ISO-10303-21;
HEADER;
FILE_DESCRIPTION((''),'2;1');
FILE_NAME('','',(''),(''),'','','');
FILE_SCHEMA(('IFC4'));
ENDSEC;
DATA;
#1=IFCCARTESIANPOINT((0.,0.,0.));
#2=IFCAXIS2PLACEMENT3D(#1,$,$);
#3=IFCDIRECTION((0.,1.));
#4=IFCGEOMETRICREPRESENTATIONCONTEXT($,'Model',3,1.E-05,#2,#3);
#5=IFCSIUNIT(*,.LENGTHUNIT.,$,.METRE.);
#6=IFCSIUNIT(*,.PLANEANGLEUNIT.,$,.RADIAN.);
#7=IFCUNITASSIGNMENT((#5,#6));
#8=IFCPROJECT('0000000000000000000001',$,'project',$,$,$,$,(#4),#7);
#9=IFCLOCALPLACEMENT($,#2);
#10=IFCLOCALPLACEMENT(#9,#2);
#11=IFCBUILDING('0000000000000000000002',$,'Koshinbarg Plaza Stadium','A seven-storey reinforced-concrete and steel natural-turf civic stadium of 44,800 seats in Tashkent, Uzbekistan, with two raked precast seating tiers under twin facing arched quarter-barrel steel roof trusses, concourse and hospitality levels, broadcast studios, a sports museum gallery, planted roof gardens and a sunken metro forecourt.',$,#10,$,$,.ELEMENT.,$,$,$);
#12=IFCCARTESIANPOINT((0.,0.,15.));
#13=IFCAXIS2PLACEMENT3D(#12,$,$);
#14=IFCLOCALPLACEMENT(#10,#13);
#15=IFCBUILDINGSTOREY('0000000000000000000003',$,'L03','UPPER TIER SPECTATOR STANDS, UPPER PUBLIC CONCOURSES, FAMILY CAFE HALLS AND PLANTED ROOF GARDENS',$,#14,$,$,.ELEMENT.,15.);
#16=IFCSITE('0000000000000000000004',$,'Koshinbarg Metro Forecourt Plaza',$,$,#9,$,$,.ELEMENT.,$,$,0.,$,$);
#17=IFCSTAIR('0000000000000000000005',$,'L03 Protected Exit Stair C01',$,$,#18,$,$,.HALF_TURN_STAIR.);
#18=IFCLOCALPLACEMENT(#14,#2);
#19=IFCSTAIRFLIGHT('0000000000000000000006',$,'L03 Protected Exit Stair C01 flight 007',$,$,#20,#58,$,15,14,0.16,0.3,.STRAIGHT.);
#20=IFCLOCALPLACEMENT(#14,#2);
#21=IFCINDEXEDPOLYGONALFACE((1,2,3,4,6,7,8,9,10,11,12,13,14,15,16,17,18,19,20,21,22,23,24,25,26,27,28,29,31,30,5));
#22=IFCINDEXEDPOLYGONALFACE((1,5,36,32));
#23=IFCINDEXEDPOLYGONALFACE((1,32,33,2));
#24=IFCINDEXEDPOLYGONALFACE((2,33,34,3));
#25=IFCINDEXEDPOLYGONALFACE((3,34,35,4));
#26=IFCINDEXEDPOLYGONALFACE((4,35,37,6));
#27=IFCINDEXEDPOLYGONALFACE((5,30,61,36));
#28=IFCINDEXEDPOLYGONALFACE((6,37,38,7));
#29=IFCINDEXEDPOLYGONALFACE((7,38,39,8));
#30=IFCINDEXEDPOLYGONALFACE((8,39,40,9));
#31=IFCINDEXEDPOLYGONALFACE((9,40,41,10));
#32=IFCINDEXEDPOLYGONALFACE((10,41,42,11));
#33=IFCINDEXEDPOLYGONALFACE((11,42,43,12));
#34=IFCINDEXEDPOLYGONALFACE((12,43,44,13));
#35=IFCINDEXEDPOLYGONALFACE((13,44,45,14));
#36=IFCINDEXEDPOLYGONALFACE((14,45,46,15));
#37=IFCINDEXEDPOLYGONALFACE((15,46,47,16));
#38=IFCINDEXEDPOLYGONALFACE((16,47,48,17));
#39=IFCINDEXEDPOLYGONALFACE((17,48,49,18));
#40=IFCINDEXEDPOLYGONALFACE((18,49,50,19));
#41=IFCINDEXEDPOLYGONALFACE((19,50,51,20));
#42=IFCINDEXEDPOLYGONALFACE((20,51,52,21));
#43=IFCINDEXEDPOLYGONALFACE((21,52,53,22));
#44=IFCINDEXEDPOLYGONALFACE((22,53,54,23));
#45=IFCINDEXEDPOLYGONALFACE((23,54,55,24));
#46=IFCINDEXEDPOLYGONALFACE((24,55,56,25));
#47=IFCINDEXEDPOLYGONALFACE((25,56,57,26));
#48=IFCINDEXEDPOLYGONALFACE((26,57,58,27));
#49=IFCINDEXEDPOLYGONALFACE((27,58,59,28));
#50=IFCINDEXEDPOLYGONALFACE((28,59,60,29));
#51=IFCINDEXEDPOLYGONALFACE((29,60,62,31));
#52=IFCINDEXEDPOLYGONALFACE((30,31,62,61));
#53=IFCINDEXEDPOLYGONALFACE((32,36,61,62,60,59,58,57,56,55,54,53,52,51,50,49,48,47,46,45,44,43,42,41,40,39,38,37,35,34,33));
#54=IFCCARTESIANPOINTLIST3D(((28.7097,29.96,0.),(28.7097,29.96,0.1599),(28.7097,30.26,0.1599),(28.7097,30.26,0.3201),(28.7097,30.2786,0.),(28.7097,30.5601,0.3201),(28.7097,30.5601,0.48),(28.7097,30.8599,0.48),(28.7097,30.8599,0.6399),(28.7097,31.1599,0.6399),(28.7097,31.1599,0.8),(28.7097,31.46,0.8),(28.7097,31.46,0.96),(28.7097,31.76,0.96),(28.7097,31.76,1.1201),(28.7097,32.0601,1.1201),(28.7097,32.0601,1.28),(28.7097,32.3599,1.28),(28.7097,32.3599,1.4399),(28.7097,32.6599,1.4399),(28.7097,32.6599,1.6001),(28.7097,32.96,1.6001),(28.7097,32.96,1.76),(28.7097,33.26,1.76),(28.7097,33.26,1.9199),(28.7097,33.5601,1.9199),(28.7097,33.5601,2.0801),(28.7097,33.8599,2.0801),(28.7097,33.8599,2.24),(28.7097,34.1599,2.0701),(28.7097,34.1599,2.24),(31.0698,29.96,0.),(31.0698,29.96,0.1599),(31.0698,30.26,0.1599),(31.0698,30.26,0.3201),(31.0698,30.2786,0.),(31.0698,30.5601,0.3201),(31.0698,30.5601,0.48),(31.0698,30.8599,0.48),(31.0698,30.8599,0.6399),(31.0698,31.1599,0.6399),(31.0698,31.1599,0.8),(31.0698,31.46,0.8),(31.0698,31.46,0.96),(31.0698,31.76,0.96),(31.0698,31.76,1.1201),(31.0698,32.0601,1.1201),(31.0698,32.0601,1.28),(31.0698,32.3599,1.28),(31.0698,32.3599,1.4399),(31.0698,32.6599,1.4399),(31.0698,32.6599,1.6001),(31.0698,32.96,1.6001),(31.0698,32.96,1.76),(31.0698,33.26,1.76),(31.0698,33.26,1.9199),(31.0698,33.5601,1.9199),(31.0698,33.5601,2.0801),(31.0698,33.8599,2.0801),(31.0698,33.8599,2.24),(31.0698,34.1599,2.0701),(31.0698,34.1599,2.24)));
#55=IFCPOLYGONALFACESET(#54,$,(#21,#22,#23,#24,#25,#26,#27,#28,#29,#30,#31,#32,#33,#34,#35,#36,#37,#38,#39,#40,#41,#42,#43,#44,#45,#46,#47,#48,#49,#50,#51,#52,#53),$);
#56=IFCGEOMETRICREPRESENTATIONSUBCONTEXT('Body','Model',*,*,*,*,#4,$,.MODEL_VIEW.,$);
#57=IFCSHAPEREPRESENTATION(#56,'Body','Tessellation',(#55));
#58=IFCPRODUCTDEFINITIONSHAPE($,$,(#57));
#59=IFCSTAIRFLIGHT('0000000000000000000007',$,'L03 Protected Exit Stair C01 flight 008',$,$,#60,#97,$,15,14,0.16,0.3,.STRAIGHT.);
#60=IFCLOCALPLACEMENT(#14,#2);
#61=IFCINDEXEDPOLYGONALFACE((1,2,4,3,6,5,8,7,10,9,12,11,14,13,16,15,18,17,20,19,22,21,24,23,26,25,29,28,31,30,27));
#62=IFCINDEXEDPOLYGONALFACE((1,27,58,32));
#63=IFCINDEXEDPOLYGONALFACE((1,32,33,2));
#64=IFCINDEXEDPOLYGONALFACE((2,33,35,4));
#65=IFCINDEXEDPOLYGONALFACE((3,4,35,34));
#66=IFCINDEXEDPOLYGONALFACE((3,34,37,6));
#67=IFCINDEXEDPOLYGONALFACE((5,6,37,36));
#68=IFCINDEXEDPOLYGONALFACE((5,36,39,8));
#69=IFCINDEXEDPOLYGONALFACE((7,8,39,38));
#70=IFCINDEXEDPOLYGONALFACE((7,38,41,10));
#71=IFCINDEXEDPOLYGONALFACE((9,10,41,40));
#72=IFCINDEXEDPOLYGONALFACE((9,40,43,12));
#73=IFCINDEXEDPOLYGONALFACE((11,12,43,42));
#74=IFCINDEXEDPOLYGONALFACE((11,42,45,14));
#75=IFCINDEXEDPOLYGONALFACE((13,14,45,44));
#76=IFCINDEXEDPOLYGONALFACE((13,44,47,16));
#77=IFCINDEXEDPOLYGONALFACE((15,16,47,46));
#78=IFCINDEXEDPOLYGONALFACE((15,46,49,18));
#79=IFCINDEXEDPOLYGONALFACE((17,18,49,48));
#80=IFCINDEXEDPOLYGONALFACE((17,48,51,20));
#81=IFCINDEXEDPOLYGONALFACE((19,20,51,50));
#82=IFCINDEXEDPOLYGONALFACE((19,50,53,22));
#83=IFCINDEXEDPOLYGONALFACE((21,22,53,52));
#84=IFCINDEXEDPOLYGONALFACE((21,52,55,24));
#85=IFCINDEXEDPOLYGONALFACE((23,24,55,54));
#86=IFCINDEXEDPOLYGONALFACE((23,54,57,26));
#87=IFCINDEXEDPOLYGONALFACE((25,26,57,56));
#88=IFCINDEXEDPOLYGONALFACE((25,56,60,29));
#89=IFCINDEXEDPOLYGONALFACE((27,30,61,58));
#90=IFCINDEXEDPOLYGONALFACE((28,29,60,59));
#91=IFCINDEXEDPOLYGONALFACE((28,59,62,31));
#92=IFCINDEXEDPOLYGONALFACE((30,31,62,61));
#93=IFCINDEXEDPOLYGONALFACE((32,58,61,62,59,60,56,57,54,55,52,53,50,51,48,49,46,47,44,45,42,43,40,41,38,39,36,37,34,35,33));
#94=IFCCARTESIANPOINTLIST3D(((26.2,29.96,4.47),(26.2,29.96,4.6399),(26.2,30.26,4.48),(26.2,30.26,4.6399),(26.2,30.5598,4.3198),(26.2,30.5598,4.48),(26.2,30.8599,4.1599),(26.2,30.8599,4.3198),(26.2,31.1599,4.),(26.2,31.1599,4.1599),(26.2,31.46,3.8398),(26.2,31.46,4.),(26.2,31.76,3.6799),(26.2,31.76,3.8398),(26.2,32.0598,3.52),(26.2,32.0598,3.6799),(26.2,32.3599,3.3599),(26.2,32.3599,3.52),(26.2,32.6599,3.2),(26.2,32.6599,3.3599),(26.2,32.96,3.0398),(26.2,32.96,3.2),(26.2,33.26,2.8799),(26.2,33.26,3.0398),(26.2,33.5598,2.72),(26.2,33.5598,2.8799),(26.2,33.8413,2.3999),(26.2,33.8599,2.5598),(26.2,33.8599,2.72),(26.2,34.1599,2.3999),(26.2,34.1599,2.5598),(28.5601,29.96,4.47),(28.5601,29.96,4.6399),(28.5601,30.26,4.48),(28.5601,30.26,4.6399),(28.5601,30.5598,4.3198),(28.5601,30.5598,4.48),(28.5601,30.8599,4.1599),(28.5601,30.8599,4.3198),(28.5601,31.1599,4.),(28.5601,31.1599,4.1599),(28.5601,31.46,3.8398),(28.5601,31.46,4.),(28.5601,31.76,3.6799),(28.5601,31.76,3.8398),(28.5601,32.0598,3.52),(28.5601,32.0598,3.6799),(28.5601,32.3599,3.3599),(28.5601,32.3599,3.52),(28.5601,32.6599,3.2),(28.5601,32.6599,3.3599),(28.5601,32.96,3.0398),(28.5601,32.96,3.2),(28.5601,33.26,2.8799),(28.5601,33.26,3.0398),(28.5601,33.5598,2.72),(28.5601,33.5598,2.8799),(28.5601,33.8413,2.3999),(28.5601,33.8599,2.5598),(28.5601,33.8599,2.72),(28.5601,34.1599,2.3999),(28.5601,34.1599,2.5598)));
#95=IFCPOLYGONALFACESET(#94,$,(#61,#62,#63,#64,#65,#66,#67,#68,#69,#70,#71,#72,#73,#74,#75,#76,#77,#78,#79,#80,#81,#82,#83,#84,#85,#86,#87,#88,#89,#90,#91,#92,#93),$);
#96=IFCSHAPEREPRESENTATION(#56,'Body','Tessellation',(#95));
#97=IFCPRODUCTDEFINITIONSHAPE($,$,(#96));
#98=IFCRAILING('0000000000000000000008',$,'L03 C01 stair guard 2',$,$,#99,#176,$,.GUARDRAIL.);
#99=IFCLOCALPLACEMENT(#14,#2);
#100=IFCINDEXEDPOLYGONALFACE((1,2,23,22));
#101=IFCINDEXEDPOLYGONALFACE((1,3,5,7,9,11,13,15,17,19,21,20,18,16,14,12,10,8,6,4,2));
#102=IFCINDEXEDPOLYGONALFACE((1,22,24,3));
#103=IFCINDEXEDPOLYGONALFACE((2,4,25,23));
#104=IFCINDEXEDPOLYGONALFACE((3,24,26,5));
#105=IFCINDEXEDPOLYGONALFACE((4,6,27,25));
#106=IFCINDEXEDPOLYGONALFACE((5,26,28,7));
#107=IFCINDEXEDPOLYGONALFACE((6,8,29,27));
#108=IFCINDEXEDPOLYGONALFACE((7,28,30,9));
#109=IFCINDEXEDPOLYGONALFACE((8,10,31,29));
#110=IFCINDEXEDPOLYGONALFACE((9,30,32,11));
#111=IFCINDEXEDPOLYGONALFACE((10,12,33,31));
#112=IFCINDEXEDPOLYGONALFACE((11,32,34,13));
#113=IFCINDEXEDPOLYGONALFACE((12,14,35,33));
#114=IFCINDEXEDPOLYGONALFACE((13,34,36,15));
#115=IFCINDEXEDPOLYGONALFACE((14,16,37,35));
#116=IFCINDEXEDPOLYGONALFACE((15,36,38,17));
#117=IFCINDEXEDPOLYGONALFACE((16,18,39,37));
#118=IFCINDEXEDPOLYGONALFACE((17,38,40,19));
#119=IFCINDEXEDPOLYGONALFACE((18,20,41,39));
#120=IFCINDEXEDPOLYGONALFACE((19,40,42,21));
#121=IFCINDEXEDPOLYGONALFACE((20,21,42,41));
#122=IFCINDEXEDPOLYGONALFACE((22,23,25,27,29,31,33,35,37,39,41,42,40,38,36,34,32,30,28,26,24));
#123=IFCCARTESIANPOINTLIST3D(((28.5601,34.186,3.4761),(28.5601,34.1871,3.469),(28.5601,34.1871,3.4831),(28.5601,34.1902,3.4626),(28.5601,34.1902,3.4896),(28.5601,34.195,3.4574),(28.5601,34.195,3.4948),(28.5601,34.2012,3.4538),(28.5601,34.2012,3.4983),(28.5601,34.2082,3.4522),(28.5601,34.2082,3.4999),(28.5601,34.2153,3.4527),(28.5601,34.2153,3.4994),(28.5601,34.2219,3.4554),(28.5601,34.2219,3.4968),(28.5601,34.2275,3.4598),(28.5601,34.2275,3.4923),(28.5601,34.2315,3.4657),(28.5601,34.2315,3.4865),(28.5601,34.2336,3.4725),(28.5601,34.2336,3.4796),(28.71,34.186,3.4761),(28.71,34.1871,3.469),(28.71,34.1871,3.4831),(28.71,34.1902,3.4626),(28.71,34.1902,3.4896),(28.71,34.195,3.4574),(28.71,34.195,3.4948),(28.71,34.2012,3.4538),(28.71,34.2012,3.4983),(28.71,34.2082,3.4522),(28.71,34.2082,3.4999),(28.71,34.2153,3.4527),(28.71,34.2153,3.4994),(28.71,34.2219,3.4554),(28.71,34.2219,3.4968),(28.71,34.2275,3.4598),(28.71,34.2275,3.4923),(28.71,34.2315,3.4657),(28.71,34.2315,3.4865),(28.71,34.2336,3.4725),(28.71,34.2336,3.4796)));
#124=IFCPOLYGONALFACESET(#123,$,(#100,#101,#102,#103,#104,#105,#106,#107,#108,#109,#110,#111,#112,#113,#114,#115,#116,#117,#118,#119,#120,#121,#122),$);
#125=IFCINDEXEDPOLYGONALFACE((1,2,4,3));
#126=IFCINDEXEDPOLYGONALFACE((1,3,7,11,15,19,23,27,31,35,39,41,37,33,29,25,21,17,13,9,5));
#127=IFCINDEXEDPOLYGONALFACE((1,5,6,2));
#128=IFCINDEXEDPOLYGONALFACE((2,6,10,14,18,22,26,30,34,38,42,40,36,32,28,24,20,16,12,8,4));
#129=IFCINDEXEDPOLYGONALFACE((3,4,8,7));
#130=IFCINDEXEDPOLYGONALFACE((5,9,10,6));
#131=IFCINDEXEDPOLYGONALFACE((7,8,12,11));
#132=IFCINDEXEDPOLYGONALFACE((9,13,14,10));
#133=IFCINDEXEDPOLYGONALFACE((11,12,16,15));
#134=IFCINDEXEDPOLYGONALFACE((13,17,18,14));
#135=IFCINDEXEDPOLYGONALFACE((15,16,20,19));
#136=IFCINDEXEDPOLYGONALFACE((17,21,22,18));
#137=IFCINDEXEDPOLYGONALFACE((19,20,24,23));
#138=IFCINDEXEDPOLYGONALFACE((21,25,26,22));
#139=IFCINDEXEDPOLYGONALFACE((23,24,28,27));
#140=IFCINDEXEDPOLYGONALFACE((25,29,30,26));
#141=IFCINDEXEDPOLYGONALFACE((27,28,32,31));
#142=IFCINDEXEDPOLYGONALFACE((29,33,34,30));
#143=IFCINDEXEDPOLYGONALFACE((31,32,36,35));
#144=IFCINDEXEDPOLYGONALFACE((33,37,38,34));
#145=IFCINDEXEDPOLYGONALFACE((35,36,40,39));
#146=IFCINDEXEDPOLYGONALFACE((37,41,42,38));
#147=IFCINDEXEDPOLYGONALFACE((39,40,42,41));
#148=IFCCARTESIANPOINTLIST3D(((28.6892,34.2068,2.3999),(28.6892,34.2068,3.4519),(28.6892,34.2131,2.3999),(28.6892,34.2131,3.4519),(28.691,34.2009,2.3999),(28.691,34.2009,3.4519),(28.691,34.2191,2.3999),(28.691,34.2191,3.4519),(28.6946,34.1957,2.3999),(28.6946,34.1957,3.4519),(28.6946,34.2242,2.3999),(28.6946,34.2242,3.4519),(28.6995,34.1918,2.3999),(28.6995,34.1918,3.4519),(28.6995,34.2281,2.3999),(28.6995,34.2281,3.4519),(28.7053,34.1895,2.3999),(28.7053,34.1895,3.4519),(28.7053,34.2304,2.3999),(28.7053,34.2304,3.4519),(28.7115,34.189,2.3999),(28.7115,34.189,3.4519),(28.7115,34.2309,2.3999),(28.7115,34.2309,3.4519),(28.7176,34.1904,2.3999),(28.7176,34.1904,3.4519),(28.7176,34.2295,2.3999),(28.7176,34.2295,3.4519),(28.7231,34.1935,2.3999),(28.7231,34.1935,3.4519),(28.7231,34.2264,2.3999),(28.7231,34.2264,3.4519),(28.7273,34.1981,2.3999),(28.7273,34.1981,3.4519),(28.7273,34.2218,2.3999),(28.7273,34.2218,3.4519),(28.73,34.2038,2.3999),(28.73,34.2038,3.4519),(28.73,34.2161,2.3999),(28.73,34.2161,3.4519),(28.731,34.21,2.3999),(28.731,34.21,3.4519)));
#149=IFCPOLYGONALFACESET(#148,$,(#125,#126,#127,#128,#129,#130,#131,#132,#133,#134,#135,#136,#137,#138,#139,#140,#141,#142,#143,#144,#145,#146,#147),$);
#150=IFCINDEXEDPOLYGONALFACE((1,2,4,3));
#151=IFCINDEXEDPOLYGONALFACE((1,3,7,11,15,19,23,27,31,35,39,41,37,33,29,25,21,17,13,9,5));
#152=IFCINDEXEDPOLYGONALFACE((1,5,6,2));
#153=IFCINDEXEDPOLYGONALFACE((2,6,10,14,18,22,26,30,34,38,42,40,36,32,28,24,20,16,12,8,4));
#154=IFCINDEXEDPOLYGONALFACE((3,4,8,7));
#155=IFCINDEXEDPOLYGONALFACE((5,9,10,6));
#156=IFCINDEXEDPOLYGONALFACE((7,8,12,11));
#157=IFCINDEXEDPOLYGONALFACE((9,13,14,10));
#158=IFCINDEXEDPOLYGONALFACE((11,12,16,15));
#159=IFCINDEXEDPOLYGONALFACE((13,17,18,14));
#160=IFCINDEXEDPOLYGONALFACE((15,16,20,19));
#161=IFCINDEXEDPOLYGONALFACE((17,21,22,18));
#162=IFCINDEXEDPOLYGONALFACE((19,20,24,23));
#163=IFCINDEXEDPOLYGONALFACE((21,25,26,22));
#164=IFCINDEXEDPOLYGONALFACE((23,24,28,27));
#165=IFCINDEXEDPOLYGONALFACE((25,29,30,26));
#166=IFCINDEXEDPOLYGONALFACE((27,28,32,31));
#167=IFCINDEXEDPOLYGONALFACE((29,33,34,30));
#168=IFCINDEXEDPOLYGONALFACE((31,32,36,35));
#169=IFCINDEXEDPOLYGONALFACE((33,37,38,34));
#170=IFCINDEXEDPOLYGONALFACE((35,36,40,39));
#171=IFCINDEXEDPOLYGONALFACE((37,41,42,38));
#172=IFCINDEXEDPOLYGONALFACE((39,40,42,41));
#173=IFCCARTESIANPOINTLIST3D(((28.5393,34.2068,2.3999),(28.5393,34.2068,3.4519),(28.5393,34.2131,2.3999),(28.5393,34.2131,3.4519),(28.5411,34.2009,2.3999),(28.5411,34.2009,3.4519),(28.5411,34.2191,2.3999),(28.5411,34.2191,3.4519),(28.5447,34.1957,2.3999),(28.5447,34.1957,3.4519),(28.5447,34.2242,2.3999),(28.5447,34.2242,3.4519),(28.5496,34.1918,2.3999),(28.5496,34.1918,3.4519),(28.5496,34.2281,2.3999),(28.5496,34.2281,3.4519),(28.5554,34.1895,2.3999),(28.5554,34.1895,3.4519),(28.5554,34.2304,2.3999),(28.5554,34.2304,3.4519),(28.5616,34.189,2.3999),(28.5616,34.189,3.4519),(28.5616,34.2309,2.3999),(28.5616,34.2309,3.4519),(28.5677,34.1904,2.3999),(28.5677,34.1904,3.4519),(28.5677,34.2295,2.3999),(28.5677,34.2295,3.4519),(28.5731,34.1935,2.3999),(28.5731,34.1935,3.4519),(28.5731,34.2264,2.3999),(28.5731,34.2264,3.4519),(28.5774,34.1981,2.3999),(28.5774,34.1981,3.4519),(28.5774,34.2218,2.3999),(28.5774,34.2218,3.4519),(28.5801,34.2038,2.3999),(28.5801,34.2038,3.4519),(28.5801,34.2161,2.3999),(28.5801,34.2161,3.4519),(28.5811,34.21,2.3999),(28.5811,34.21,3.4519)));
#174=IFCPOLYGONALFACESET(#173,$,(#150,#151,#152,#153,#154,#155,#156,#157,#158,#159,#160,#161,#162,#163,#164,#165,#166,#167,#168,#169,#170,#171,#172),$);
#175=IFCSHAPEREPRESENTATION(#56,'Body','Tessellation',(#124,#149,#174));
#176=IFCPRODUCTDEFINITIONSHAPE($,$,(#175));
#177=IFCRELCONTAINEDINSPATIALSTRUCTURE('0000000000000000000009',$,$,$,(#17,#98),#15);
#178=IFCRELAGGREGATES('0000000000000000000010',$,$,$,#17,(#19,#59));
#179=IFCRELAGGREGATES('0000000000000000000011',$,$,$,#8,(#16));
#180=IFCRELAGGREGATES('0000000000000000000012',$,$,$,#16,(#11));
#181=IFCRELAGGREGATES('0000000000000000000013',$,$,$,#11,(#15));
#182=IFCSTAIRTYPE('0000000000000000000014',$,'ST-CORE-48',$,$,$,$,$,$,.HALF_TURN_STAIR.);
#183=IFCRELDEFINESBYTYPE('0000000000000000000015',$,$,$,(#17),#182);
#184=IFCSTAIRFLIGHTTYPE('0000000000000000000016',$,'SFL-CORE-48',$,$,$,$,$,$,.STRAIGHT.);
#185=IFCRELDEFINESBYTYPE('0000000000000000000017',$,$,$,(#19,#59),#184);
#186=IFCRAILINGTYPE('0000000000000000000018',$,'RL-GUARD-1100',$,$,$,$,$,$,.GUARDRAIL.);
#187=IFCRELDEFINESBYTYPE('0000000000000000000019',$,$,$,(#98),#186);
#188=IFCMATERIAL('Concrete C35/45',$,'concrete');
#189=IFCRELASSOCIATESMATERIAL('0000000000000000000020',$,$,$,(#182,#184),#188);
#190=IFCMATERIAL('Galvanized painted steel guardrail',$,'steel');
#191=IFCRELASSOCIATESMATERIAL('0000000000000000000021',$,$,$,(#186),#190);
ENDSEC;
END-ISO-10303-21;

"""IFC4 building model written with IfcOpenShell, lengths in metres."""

from ifc_helpers import new_model, si_unit, direction, frame, origin, origin_2d, place, context, subcontext, project, spatial, polyline, circle, outline, extrude, material, type_object, element, aggregate, save


model = new_model("IFC4")

# Units and contexts
model_context = context("Model", 3, precision=1e-05, world=origin(), true_north=direction((0.0, 1.0)))
body_context = subcontext(model_context, "Body", "Model", "MODEL_VIEW")
ifc_project = project(units=[si_unit("LENGTHUNIT", "METRE"), si_unit("PLANEANGLEUNIT", "RADIAN")], contexts=[model_context])

# Site, building, storey
site_placement = place(None, origin())
site = spatial("IfcSite", under=ifc_project, at=site_placement, Name="Koshinbarg Metro Forecourt Plaza", CompositionType="ELEMENT", RefElevation=0.0)
building_placement = place(site_placement, origin())
building = spatial("IfcBuilding", under=site, at=building_placement, Name="Koshinbarg Plaza Stadium", Description="A seven-storey reinforced-concrete and steel natural-turf civic stadium of 44,800 seats in Tashkent, Uzbekistan, with two raked precast seating tiers under twin facing arched quarter-barrel steel roof trusses, concourse and hospitality levels, broadcast studios, a sports museum gallery, planted roof gardens and a sunken metro forecourt.", CompositionType="ELEMENT")
storey_placement = place(building_placement, frame((0.0, 0.0, 15.0)))
storey = spatial("IfcBuildingStorey", under=building, at=storey_placement, Name="L03", Description="UPPER TIER SPECTATOR STANDS, UPPER PUBLIC CONCOURSES, FAMILY CAFE HALLS AND PLANTED ROOF GARDENS", CompositionType="ELEMENT", Elevation=15.0)

# Stair, stair flights
ifc_material_1 = material(Name="Concrete C35/45", Category="concrete")
stair_type = type_object("IfcStairType", Name="ST-CORE-48", PredefinedType="HALF_TURN_STAIR", material=ifc_material_1)
stair_placement = place(storey_placement, origin())
stair = element("IfcStair", 1, at=stair_placement, inside=storey, type_object=stair_type, Name="L03 Protected Exit Stair C01", PredefinedType="HALF_TURN_STAIR")
stair_flight_type = type_object("IfcStairFlightType", Name="SFL-CORE-48", PredefinedType="STRAIGHT", material=ifc_material_1)
stair_flight_1_placement = place(storey_placement, frame((29.8899, 29.96, 0.0), z_axis=(0.0, 0.0, 1.0), x_axis=(0.0, 1.0, 0.0)))
stair_flight_1 = element("IfcStairFlight", 2, at=stair_flight_1_placement, type_object=stair_flight_type, Name="L03 Protected Exit Stair C01 flight 007", NumberOfRisers=15, NumberOfTreads=14, PredefinedType="STRAIGHT", RiserHeight=0.16, TreadLength=0.3, context=body_context, shape_type="SweptSolid", body=[
    extrude(outline(polyline([(0.0, 0.0), (0.0, 0.1599), (0.3, 0.1599), (0.3, 0.3201), (0.6001, 0.3201), (0.6001, 0.48), (0.8999, 0.48), (0.8999, 0.6399), (1.2, 0.6399), (1.2, 0.8), (1.5, 0.8), (1.5, 0.96), (1.8, 0.96), (1.8, 1.1201), (2.1001, 1.1201), (2.1001, 1.28), (2.3999, 1.28), (2.3999, 1.4399), (2.7, 1.4399), (2.7, 1.6001), (3.0, 1.6001), (3.0, 1.76), (3.3, 1.76), (3.3, 1.9199), (3.6001, 1.9199), (3.6001, 2.0801), (3.8999, 2.0801), (3.8999, 2.24), (4.2, 2.24), (4.2, 2.3999), (4.2, 2.0701), (0.3186, 0.0), (0.0, 0.0)])), frame((0.0, 1.1802, 0.0), z_axis=(0.0, -1.0, 0.0), x_axis=(1.0, 0.0, 0.0)), (0.0, 0.0, 1.0), 2.3601),
])
stair_flight_2_placement = place(storey_placement, frame((27.3799, 34.1599, 2.3999), z_axis=(0.0, 0.0, 1.0), x_axis=(0.0, -1.0, 0.0)))
stair_flight_2 = element("IfcStairFlight", 3, at=stair_flight_2_placement, type_object=stair_flight_type, Name="L03 Protected Exit Stair C01 flight 008", NumberOfRisers=15, NumberOfTreads=14, PredefinedType="STRAIGHT", RiserHeight=0.16, TreadLength=0.3, context=body_context, shape_type="SweptSolid", body=[
    extrude(outline(polyline([(0.0, 0.0), (0.0, 0.1599), (0.3, 0.1599), (0.3, 0.3201), (0.6001, 0.3201), (0.6001, 0.48), (0.8999, 0.48), (0.8999, 0.6399), (1.2, 0.6399), (1.2, 0.8), (1.5, 0.8), (1.5, 0.96), (1.8, 0.96), (1.8, 1.1201), (2.1001, 1.1201), (2.1001, 1.28), (2.3999, 1.28), (2.3999, 1.4399), (2.7, 1.4399), (2.7, 1.6001), (3.0, 1.6001), (3.0, 1.76), (3.3, 1.76), (3.3, 1.9199), (3.6001, 1.9199), (3.6001, 2.0801), (3.8999, 2.0801), (3.8999, 2.24), (4.2, 2.24), (4.2, 2.3999), (4.2, 2.0701), (0.3186, 0.0), (0.0, 0.0)])), frame((0.0, 1.1802, 0.0), z_axis=(0.0, -1.0, 0.0), x_axis=(1.0, 0.0, 0.0)), (0.0, 0.0, 1.0), 2.3601),
])
aggregate(stair, [stair_flight_1, stair_flight_2])

# Railing
ifc_material_2 = material(Name="Galvanized painted steel guardrail", Category="steel")
railing_type_1 = type_object("IfcRailingType", Name="RL-GUARD-1100", PredefinedType="GUARDRAIL", material=ifc_material_2)
railing_1_placement = place(storey_placement, frame((28.71, 34.21, 2.3999)))
element("IfcRailing", 4, at=railing_1_placement, inside=storey, type_object=railing_type_1, Name="L03 C01 stair guard 2", PredefinedType="GUARDRAIL", context=body_context, shape_type="SweptSolid", body=[
    extrude(circle(Radius=0.0239, at=origin_2d()), frame((0.0, 0.0, 1.0762), z_axis=(-1.0, 0.0, 0.0), x_axis=(0.0, -1.0, 0.0)), (0.0, 0.0, 1.0), 0.1499),
    extrude(circle(Radius=0.021, at=origin_2d()), origin(), (0.0, 0.0, 1.0), 1.052),
    extrude(circle(Radius=0.021, at=origin_2d()), frame((-0.1499, 0.0, 0.0)), (0.0, 0.0, 1.0), 1.052),
])

save(model, "model.ifc")
